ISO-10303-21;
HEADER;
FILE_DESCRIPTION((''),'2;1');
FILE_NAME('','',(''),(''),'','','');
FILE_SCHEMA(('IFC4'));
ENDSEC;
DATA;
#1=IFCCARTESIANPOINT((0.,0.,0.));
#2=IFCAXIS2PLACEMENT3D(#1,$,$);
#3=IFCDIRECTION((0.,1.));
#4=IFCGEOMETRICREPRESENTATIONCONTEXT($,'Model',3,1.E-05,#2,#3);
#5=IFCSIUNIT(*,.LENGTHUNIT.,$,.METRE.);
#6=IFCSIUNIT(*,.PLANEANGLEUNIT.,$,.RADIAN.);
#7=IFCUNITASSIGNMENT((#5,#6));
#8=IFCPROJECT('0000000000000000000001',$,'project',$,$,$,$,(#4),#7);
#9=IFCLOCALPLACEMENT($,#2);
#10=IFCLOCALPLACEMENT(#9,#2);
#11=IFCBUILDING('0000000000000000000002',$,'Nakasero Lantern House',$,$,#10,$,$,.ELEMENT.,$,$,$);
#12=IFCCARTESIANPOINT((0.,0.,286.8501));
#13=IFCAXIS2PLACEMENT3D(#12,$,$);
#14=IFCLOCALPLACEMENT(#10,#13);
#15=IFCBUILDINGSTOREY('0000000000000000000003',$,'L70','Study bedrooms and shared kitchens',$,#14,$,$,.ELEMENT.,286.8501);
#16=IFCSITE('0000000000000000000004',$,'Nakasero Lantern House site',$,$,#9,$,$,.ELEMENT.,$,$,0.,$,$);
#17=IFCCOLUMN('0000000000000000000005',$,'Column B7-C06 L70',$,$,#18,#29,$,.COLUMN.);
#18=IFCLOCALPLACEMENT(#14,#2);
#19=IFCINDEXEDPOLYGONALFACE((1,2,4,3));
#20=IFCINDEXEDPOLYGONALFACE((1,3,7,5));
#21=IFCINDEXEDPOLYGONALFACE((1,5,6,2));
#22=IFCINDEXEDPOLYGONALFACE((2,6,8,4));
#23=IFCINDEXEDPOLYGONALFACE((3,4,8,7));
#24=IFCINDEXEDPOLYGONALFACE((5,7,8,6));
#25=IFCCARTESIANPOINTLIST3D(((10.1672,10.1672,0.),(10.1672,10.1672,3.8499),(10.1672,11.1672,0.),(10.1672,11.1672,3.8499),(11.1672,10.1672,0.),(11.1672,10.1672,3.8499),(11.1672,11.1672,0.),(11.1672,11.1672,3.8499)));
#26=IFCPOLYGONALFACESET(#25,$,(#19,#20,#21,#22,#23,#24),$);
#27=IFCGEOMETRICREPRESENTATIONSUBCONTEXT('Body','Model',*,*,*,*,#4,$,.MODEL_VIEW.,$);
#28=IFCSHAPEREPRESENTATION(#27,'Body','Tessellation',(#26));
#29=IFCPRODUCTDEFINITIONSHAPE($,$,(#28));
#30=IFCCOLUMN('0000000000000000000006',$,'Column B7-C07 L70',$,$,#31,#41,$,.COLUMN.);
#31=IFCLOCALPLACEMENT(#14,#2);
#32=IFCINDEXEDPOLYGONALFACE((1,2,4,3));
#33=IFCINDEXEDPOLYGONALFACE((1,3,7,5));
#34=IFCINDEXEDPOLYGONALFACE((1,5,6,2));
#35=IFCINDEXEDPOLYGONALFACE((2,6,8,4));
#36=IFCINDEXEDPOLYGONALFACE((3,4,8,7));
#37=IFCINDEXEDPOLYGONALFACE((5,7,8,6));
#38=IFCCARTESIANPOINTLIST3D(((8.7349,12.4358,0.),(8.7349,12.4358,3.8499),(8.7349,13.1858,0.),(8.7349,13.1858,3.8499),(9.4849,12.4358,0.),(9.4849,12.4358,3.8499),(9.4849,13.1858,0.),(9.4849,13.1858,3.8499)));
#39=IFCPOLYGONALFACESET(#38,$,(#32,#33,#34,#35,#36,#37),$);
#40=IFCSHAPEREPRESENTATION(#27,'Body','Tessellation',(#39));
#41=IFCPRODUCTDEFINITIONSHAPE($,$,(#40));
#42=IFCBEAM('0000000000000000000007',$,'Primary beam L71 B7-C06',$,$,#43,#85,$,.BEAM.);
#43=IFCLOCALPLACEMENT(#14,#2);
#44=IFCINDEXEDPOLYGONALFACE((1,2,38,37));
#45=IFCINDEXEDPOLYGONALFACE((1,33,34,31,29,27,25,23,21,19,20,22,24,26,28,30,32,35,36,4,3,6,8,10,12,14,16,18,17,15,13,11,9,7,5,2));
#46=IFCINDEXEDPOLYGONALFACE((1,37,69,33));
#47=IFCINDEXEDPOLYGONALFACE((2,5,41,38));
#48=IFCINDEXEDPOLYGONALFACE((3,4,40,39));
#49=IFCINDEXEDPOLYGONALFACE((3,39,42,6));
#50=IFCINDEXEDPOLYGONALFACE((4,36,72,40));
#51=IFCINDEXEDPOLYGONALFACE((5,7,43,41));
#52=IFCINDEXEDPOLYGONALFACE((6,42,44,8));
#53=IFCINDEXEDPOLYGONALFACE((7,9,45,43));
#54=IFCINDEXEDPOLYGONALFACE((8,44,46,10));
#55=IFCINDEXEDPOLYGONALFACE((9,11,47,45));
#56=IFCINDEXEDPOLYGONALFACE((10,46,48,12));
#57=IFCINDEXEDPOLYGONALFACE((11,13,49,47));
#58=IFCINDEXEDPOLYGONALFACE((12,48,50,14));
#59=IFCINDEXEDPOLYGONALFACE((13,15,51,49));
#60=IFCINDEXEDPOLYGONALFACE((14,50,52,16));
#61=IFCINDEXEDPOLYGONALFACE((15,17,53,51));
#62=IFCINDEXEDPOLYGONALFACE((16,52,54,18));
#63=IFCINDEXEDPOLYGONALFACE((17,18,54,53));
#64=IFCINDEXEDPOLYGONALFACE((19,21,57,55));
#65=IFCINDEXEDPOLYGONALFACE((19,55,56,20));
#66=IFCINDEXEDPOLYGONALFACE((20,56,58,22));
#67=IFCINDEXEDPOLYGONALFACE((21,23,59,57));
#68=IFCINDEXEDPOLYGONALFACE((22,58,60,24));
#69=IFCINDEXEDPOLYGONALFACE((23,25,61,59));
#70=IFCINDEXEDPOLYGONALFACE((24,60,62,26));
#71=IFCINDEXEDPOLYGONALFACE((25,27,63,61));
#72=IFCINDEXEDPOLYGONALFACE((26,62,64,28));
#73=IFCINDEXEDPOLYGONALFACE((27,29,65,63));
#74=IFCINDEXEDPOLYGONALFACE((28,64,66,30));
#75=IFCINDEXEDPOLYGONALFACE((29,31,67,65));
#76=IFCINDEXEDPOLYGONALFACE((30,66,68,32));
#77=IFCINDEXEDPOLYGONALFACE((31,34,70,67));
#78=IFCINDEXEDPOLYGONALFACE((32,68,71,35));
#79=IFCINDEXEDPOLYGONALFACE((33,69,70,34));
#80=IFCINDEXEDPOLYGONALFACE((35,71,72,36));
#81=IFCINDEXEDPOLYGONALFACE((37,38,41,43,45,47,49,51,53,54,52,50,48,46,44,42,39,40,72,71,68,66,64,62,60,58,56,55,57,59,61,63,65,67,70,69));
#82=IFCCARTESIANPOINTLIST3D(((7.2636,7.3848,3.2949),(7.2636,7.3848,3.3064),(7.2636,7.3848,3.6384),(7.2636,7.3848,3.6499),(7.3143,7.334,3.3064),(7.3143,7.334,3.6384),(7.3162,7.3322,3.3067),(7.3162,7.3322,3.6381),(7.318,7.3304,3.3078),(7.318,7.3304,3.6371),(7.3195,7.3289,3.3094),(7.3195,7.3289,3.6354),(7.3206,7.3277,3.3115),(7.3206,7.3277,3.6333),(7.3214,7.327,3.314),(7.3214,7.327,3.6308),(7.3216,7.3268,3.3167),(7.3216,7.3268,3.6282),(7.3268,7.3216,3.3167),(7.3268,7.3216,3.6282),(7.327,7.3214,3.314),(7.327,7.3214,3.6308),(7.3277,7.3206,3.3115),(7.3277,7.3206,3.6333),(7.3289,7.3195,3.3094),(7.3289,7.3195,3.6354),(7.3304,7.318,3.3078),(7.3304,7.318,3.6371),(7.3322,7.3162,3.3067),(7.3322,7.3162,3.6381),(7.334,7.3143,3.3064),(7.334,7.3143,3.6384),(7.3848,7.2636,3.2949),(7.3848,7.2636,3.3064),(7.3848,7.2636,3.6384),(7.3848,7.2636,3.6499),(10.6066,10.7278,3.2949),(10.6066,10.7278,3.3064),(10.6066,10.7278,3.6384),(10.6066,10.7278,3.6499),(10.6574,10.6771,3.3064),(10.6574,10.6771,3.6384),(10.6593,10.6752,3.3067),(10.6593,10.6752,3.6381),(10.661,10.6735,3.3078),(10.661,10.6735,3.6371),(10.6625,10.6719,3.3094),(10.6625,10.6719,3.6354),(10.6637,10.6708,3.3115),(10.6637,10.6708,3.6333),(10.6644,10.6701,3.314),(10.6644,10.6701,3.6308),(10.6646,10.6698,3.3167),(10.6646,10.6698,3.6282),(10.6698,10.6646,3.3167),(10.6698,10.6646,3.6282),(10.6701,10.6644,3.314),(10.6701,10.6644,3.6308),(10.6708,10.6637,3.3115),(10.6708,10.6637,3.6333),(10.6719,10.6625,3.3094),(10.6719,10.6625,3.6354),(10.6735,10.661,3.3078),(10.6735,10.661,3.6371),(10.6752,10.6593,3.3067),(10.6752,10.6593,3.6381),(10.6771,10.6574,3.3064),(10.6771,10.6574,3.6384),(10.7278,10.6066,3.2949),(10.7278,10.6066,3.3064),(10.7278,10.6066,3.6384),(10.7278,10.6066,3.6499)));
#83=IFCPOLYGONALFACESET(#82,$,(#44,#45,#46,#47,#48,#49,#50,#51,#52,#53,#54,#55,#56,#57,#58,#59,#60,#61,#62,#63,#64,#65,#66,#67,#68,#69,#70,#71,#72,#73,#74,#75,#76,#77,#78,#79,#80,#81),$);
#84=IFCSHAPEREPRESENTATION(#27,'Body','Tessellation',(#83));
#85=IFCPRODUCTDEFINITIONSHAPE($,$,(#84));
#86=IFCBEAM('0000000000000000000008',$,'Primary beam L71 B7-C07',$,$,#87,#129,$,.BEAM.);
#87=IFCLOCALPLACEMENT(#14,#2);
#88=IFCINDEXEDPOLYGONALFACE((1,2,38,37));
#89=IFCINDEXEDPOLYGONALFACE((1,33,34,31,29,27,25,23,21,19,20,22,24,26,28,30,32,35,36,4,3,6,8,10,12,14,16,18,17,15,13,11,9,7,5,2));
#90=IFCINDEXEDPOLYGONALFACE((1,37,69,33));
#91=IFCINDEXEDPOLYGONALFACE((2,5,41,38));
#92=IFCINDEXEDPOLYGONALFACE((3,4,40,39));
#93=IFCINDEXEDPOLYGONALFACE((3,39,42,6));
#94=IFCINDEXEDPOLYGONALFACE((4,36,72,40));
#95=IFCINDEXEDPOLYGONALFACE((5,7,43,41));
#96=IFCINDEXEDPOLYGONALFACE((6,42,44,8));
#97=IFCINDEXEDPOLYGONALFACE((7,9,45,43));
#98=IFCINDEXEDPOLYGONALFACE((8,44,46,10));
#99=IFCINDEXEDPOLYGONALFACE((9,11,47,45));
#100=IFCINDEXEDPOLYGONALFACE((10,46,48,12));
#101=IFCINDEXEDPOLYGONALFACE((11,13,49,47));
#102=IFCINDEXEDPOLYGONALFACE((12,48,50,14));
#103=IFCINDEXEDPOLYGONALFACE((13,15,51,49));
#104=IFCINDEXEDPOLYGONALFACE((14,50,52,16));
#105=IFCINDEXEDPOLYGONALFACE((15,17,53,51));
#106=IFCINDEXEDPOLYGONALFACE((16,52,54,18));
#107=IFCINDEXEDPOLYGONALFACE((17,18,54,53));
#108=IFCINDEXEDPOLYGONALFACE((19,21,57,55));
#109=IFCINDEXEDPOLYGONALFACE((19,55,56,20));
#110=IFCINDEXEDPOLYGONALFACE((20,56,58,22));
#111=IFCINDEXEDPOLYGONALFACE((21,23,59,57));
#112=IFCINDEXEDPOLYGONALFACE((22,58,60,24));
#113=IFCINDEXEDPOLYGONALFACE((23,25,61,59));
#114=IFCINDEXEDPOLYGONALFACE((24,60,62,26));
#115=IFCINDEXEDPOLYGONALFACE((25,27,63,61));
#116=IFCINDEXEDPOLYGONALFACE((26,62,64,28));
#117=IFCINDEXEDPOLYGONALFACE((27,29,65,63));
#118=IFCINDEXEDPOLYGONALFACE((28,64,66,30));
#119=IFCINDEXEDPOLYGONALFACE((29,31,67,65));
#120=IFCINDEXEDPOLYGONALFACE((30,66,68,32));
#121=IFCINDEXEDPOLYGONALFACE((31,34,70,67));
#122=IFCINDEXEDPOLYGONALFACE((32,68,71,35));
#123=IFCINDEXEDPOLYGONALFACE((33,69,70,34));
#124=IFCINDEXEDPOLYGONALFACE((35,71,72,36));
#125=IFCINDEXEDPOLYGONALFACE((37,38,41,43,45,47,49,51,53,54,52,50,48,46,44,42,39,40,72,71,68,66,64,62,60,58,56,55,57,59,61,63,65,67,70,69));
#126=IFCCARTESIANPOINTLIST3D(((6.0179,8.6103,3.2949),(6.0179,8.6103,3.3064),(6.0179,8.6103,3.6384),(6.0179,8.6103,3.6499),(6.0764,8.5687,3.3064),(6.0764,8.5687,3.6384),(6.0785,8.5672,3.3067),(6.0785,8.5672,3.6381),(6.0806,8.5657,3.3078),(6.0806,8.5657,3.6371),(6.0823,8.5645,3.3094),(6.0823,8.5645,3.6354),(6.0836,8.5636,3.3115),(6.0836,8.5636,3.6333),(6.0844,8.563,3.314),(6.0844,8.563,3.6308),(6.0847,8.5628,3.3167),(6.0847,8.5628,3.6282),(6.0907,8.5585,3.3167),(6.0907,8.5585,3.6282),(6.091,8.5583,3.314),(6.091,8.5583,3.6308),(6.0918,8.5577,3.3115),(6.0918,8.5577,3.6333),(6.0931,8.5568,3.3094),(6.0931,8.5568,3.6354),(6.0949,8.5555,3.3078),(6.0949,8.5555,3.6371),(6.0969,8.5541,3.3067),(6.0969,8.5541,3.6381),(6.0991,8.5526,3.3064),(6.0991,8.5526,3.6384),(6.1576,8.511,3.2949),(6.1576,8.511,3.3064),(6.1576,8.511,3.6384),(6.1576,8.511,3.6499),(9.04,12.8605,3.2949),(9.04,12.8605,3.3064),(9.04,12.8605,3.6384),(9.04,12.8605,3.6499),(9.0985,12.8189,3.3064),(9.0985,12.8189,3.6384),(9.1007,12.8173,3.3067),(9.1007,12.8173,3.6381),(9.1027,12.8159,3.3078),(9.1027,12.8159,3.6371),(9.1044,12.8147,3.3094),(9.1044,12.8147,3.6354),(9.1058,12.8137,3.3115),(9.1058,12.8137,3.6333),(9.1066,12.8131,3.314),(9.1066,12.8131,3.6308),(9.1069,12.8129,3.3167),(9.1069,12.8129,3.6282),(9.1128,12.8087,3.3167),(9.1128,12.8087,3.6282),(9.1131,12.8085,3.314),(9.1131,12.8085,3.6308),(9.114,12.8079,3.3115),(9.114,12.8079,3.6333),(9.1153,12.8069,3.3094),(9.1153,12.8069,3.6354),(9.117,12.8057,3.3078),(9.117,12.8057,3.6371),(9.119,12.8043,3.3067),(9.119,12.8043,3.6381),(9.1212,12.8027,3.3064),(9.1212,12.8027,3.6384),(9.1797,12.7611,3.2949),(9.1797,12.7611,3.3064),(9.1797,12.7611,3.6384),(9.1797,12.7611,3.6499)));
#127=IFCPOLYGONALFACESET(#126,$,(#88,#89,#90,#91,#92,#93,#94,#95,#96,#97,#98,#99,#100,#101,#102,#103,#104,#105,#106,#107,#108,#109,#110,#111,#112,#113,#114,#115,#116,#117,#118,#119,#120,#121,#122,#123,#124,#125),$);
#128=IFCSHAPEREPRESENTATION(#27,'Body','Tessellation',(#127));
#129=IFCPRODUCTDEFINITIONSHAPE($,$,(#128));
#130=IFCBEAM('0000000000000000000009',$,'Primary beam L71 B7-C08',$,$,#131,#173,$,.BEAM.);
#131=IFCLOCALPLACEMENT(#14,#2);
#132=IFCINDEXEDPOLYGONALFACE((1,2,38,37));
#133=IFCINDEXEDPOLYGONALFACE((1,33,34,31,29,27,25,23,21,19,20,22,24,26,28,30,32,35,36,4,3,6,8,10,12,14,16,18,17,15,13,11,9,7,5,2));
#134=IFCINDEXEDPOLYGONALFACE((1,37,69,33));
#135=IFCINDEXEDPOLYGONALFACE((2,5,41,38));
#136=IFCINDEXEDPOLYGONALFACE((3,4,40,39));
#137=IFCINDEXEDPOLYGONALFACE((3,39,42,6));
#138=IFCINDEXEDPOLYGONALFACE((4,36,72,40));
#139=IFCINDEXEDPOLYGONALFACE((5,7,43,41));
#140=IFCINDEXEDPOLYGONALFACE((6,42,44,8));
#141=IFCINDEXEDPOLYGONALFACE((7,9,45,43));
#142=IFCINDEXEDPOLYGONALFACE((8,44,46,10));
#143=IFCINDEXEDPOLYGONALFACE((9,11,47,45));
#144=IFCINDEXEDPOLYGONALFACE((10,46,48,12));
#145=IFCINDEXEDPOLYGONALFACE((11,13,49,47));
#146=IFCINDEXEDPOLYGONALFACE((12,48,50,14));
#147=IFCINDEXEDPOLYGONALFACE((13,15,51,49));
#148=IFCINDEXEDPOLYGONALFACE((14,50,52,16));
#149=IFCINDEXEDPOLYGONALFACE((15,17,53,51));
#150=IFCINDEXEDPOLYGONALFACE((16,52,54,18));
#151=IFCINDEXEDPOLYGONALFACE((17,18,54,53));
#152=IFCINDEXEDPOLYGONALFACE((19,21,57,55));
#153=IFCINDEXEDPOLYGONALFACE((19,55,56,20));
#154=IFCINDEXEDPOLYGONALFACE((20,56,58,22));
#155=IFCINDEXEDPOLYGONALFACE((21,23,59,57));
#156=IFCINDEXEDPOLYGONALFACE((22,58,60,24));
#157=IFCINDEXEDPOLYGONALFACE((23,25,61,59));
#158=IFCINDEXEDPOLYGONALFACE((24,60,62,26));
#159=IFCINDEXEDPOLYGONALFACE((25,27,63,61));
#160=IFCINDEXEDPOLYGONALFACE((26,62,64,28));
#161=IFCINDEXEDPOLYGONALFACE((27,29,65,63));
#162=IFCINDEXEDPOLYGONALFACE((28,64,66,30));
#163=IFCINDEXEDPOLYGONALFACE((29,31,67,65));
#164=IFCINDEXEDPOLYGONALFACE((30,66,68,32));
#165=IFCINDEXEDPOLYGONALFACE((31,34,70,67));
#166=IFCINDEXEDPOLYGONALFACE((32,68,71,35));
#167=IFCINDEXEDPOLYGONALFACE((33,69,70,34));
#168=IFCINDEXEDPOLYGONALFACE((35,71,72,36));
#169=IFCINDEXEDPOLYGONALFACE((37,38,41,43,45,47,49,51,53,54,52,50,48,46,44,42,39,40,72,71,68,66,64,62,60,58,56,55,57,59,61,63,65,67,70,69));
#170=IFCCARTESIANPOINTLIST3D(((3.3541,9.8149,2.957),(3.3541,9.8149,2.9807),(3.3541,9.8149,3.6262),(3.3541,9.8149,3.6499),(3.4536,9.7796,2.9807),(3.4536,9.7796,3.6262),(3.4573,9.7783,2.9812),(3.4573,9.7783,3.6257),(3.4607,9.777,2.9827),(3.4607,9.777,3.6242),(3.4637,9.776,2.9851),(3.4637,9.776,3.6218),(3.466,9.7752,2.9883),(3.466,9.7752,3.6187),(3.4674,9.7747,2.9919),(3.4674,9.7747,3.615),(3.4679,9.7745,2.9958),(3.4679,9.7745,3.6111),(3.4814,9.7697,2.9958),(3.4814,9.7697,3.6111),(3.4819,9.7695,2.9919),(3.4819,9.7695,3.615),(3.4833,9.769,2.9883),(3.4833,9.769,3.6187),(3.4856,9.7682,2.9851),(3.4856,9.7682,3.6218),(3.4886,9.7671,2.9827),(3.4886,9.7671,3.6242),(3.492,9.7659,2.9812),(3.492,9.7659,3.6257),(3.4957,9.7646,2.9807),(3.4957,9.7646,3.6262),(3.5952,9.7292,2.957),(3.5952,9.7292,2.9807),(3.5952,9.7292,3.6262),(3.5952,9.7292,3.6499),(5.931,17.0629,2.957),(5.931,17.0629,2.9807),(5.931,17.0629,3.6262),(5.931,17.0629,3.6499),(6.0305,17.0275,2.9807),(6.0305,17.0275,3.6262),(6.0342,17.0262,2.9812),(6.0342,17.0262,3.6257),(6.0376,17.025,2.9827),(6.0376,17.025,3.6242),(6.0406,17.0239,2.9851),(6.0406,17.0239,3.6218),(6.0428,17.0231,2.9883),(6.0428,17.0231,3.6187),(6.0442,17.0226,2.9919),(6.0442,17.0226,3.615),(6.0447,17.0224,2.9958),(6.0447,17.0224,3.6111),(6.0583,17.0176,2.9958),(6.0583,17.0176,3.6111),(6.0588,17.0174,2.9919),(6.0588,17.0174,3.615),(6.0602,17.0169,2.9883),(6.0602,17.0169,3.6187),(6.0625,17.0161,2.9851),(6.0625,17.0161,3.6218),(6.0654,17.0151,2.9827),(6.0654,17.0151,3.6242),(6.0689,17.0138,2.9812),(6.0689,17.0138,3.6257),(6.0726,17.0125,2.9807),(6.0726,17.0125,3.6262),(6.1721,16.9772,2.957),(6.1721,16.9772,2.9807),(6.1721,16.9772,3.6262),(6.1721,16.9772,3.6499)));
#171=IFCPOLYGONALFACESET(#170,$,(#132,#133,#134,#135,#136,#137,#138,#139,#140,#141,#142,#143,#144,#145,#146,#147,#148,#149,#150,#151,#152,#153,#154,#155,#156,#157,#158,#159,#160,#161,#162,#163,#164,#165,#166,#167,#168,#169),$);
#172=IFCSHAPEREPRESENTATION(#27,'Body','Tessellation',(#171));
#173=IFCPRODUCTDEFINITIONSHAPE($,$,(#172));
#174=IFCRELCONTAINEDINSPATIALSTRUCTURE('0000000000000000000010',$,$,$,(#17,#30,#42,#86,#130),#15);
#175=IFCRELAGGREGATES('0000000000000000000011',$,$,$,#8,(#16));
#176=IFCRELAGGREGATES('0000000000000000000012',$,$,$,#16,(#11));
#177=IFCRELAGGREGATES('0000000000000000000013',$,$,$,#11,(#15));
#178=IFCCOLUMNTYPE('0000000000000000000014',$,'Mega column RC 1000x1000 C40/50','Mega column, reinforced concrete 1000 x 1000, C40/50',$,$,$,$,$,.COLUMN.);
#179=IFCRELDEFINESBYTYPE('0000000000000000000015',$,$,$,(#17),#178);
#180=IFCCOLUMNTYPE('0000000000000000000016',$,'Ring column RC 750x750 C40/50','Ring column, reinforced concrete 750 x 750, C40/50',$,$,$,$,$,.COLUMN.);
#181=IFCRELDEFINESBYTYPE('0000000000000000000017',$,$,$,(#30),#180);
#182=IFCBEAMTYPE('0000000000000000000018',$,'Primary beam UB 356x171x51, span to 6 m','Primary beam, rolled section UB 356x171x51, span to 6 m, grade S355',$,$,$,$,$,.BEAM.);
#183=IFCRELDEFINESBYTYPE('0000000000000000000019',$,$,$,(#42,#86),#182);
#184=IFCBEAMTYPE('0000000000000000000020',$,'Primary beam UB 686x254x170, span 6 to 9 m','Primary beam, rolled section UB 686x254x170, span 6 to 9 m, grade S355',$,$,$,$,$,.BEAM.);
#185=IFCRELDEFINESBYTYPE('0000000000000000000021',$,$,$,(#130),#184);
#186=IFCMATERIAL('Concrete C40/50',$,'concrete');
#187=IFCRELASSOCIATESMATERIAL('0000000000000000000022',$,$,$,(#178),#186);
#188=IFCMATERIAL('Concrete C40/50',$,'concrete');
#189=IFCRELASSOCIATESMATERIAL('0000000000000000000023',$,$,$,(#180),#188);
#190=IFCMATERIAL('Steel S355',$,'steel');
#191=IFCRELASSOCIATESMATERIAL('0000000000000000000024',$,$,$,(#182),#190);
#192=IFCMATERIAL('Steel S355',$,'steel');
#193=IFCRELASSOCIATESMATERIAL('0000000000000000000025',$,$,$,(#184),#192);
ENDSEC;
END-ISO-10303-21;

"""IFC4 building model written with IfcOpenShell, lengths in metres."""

from ifc_helpers import new_model, si_unit, direction, frame, origin, origin_2d, place, context, subcontext, project, spatial, rectangle, i_section, extrude, material, material_profile, profile_set, type_object, element, save


model = new_model("IFC4")

# Units and contexts
model_context = context("Model", 3, precision=1e-05, world=origin(), true_north=direction((0.0, 1.0)))
body_context = subcontext(model_context, "Body", "Model", "MODEL_VIEW")
ifc_project = project(units=[si_unit("LENGTHUNIT", "METRE"), si_unit("PLANEANGLEUNIT", "RADIAN")], contexts=[model_context])

# Site, building, storey
site_placement = place(None, origin())
site = spatial("IfcSite", under=ifc_project, at=site_placement, Name="Nakasero Lantern House site", CompositionType="ELEMENT", RefElevation=0.0)
building_placement = place(site_placement, origin())
building = spatial("IfcBuilding", under=site, at=building_placement, Name="Nakasero Lantern House", CompositionType="ELEMENT")
storey_placement = place(building_placement, frame((0.0, 0.0, 286.8501)))
storey = spatial("IfcBuildingStorey", under=building, at=storey_placement, Name="L70", Description="Study bedrooms and shared kitchens", CompositionType="ELEMENT", Elevation=286.8501)

# Columns
ifc_material_1 = material(Name="Concrete C40/50", Category="concrete")
ifc_material_profile_1 = material_profile(ifc_material_1, rectangle(XDim=1.0, YDim=1.0, at=origin_2d()), Name="RC 1000x1000")
ifc_profile_set_1 = profile_set([ifc_material_profile_1], Name="Concrete C40/50")
column_type_1 = type_object("IfcColumnType", Name="Mega column RC 1000x1000 C40/50", Description="Mega column, reinforced concrete 1000 x 1000, C40/50", PredefinedType="COLUMN", material=ifc_profile_set_1)
column_1_placement = place(storey_placement, frame((10.6672, 10.6672, 0.0), z_axis=(0.0, 0.0, 1.0), x_axis=(1.0, 0.0, 0.0)))
element("IfcColumn", 1, at=column_1_placement, inside=storey, type_object=column_type_1, Name="Column B7-C06 L70", PredefinedType="COLUMN", context=body_context, shape_type="SweptSolid", body=[
    extrude(rectangle(XDim=1.0, YDim=1.0, at=origin_2d()), origin(), (0.0, 0.0, 1.0), 3.8499),
])
ifc_material_2 = material(Name="Concrete C40/50", Category="concrete")
ifc_material_profile_2 = material_profile(ifc_material_2, rectangle(XDim=0.75, YDim=0.75, at=origin_2d()), Name="RC 750x750")
ifc_profile_set_2 = profile_set([ifc_material_profile_2], Name="Concrete C40/50")
column_type_2 = type_object("IfcColumnType", Name="Ring column RC 750x750 C40/50", Description="Ring column, reinforced concrete 750 x 750, C40/50", PredefinedType="COLUMN", material=ifc_profile_set_2)
column_2_placement = place(storey_placement, frame((9.1099, 12.8108, 0.0), z_axis=(0.0, 0.0, 1.0), x_axis=(1.0, 0.0, 0.0)))
element("IfcColumn", 2, at=column_2_placement, inside=storey, type_object=column_type_2, Name="Column B7-C07 L70", PredefinedType="COLUMN", context=body_context, shape_type="SweptSolid", body=[
    extrude(rectangle(XDim=0.75, YDim=0.75, at=origin_2d()), origin(), (0.0, 0.0, 1.0), 3.8499),
])

# Beams
ifc_material_3 = material(Name="Steel S355", Category="steel")
ifc_material_profile_3 = material_profile(ifc_material_3, i_section(OverallWidth=0.1714, OverallDepth=0.355, WebThickness=0.0073, FlangeThickness=0.0115, FilletRadius=0.0103, at=origin_2d()), Name="UB 356x171x51")
ifc_profile_set_3 = profile_set([ifc_material_profile_3], Name="Steel S355")
beam_type_1 = type_object("IfcBeamType", Name="Primary beam UB 356x171x51, span to 6 m", Description="Primary beam, rolled section UB 356x171x51, span to 6 m, grade S355", PredefinedType="BEAM", material=ifc_profile_set_3)
beam_1_placement = place(storey_placement, frame((10.6672, 10.6672, 3.4724), z_axis=(-0.707107, -0.707107, 0.0), x_axis=(0.707107, -0.707107, 0.0)))
element("IfcBeam", 3, at=beam_1_placement, inside=storey, type_object=beam_type_1, Name="Primary beam L71 B7-C06", PredefinedType="BEAM", context=body_context, shape_type="SweptSolid", body=[
    extrude(i_section(OverallWidth=0.1714, OverallDepth=0.355, WebThickness=0.0073, FlangeThickness=0.0115, FilletRadius=0.0103, at=origin_2d()), origin(), (0.0, 0.0, 1.0), 4.7278),
])
beam_2_placement = place(storey_placement, frame((9.1099, 12.8108, 3.4724), z_axis=(-0.579501, -0.814972, 0.0), x_axis=(0.814972, -0.579501, 0.0)))
element("IfcBeam", 4, at=beam_2_placement, inside=storey, type_object=beam_type_1, Name="Primary beam L71 B7-C07", PredefinedType="BEAM", context=body_context, shape_type="SweptSolid", body=[
    extrude(i_section(OverallWidth=0.1714, OverallDepth=0.355, WebThickness=0.0073, FlangeThickness=0.0115, FilletRadius=0.0103, at=origin_2d()), origin(), (0.0, 0.0, 1.0), 5.2151),
])
ifc_material_4 = material(Name="Steel S355", Category="steel")
ifc_material_profile_4 = material_profile(ifc_material_4, i_section(OverallWidth=0.2559, OverallDepth=0.6929, WebThickness=0.0144, FlangeThickness=0.0237, FilletRadius=0.0151, at=origin_2d()), Name="UB 686x254x170")
ifc_profile_set_4 = profile_set([ifc_material_profile_4], Name="Steel S355")
beam_type_2 = type_object("IfcBeamType", Name="Primary beam UB 686x254x170, span 6 to 9 m", Description="Primary beam, rolled section UB 686x254x170, span 6 to 9 m, grade S355", PredefinedType="BEAM", material=ifc_profile_set_4)
beam_3_placement = place(storey_placement, frame((6.0515, 17.02, 3.3035), z_axis=(-0.334989, -0.942222, 0.0), x_axis=(0.942222, -0.334989, 0.0)))
element("IfcBeam", 5, at=beam_3_placement, inside=storey, type_object=beam_type_2, Name="Primary beam L71 B7-C08", PredefinedType="BEAM", context=body_context, shape_type="SweptSolid", body=[
    extrude(i_section(OverallWidth=0.2559, OverallDepth=0.6929, WebThickness=0.0144, FlangeThickness=0.0237, FilletRadius=0.0151, at=origin_2d()), origin(), (0.0, 0.0, 1.0), 7.6924),
])

save(model, "model.ifc")
